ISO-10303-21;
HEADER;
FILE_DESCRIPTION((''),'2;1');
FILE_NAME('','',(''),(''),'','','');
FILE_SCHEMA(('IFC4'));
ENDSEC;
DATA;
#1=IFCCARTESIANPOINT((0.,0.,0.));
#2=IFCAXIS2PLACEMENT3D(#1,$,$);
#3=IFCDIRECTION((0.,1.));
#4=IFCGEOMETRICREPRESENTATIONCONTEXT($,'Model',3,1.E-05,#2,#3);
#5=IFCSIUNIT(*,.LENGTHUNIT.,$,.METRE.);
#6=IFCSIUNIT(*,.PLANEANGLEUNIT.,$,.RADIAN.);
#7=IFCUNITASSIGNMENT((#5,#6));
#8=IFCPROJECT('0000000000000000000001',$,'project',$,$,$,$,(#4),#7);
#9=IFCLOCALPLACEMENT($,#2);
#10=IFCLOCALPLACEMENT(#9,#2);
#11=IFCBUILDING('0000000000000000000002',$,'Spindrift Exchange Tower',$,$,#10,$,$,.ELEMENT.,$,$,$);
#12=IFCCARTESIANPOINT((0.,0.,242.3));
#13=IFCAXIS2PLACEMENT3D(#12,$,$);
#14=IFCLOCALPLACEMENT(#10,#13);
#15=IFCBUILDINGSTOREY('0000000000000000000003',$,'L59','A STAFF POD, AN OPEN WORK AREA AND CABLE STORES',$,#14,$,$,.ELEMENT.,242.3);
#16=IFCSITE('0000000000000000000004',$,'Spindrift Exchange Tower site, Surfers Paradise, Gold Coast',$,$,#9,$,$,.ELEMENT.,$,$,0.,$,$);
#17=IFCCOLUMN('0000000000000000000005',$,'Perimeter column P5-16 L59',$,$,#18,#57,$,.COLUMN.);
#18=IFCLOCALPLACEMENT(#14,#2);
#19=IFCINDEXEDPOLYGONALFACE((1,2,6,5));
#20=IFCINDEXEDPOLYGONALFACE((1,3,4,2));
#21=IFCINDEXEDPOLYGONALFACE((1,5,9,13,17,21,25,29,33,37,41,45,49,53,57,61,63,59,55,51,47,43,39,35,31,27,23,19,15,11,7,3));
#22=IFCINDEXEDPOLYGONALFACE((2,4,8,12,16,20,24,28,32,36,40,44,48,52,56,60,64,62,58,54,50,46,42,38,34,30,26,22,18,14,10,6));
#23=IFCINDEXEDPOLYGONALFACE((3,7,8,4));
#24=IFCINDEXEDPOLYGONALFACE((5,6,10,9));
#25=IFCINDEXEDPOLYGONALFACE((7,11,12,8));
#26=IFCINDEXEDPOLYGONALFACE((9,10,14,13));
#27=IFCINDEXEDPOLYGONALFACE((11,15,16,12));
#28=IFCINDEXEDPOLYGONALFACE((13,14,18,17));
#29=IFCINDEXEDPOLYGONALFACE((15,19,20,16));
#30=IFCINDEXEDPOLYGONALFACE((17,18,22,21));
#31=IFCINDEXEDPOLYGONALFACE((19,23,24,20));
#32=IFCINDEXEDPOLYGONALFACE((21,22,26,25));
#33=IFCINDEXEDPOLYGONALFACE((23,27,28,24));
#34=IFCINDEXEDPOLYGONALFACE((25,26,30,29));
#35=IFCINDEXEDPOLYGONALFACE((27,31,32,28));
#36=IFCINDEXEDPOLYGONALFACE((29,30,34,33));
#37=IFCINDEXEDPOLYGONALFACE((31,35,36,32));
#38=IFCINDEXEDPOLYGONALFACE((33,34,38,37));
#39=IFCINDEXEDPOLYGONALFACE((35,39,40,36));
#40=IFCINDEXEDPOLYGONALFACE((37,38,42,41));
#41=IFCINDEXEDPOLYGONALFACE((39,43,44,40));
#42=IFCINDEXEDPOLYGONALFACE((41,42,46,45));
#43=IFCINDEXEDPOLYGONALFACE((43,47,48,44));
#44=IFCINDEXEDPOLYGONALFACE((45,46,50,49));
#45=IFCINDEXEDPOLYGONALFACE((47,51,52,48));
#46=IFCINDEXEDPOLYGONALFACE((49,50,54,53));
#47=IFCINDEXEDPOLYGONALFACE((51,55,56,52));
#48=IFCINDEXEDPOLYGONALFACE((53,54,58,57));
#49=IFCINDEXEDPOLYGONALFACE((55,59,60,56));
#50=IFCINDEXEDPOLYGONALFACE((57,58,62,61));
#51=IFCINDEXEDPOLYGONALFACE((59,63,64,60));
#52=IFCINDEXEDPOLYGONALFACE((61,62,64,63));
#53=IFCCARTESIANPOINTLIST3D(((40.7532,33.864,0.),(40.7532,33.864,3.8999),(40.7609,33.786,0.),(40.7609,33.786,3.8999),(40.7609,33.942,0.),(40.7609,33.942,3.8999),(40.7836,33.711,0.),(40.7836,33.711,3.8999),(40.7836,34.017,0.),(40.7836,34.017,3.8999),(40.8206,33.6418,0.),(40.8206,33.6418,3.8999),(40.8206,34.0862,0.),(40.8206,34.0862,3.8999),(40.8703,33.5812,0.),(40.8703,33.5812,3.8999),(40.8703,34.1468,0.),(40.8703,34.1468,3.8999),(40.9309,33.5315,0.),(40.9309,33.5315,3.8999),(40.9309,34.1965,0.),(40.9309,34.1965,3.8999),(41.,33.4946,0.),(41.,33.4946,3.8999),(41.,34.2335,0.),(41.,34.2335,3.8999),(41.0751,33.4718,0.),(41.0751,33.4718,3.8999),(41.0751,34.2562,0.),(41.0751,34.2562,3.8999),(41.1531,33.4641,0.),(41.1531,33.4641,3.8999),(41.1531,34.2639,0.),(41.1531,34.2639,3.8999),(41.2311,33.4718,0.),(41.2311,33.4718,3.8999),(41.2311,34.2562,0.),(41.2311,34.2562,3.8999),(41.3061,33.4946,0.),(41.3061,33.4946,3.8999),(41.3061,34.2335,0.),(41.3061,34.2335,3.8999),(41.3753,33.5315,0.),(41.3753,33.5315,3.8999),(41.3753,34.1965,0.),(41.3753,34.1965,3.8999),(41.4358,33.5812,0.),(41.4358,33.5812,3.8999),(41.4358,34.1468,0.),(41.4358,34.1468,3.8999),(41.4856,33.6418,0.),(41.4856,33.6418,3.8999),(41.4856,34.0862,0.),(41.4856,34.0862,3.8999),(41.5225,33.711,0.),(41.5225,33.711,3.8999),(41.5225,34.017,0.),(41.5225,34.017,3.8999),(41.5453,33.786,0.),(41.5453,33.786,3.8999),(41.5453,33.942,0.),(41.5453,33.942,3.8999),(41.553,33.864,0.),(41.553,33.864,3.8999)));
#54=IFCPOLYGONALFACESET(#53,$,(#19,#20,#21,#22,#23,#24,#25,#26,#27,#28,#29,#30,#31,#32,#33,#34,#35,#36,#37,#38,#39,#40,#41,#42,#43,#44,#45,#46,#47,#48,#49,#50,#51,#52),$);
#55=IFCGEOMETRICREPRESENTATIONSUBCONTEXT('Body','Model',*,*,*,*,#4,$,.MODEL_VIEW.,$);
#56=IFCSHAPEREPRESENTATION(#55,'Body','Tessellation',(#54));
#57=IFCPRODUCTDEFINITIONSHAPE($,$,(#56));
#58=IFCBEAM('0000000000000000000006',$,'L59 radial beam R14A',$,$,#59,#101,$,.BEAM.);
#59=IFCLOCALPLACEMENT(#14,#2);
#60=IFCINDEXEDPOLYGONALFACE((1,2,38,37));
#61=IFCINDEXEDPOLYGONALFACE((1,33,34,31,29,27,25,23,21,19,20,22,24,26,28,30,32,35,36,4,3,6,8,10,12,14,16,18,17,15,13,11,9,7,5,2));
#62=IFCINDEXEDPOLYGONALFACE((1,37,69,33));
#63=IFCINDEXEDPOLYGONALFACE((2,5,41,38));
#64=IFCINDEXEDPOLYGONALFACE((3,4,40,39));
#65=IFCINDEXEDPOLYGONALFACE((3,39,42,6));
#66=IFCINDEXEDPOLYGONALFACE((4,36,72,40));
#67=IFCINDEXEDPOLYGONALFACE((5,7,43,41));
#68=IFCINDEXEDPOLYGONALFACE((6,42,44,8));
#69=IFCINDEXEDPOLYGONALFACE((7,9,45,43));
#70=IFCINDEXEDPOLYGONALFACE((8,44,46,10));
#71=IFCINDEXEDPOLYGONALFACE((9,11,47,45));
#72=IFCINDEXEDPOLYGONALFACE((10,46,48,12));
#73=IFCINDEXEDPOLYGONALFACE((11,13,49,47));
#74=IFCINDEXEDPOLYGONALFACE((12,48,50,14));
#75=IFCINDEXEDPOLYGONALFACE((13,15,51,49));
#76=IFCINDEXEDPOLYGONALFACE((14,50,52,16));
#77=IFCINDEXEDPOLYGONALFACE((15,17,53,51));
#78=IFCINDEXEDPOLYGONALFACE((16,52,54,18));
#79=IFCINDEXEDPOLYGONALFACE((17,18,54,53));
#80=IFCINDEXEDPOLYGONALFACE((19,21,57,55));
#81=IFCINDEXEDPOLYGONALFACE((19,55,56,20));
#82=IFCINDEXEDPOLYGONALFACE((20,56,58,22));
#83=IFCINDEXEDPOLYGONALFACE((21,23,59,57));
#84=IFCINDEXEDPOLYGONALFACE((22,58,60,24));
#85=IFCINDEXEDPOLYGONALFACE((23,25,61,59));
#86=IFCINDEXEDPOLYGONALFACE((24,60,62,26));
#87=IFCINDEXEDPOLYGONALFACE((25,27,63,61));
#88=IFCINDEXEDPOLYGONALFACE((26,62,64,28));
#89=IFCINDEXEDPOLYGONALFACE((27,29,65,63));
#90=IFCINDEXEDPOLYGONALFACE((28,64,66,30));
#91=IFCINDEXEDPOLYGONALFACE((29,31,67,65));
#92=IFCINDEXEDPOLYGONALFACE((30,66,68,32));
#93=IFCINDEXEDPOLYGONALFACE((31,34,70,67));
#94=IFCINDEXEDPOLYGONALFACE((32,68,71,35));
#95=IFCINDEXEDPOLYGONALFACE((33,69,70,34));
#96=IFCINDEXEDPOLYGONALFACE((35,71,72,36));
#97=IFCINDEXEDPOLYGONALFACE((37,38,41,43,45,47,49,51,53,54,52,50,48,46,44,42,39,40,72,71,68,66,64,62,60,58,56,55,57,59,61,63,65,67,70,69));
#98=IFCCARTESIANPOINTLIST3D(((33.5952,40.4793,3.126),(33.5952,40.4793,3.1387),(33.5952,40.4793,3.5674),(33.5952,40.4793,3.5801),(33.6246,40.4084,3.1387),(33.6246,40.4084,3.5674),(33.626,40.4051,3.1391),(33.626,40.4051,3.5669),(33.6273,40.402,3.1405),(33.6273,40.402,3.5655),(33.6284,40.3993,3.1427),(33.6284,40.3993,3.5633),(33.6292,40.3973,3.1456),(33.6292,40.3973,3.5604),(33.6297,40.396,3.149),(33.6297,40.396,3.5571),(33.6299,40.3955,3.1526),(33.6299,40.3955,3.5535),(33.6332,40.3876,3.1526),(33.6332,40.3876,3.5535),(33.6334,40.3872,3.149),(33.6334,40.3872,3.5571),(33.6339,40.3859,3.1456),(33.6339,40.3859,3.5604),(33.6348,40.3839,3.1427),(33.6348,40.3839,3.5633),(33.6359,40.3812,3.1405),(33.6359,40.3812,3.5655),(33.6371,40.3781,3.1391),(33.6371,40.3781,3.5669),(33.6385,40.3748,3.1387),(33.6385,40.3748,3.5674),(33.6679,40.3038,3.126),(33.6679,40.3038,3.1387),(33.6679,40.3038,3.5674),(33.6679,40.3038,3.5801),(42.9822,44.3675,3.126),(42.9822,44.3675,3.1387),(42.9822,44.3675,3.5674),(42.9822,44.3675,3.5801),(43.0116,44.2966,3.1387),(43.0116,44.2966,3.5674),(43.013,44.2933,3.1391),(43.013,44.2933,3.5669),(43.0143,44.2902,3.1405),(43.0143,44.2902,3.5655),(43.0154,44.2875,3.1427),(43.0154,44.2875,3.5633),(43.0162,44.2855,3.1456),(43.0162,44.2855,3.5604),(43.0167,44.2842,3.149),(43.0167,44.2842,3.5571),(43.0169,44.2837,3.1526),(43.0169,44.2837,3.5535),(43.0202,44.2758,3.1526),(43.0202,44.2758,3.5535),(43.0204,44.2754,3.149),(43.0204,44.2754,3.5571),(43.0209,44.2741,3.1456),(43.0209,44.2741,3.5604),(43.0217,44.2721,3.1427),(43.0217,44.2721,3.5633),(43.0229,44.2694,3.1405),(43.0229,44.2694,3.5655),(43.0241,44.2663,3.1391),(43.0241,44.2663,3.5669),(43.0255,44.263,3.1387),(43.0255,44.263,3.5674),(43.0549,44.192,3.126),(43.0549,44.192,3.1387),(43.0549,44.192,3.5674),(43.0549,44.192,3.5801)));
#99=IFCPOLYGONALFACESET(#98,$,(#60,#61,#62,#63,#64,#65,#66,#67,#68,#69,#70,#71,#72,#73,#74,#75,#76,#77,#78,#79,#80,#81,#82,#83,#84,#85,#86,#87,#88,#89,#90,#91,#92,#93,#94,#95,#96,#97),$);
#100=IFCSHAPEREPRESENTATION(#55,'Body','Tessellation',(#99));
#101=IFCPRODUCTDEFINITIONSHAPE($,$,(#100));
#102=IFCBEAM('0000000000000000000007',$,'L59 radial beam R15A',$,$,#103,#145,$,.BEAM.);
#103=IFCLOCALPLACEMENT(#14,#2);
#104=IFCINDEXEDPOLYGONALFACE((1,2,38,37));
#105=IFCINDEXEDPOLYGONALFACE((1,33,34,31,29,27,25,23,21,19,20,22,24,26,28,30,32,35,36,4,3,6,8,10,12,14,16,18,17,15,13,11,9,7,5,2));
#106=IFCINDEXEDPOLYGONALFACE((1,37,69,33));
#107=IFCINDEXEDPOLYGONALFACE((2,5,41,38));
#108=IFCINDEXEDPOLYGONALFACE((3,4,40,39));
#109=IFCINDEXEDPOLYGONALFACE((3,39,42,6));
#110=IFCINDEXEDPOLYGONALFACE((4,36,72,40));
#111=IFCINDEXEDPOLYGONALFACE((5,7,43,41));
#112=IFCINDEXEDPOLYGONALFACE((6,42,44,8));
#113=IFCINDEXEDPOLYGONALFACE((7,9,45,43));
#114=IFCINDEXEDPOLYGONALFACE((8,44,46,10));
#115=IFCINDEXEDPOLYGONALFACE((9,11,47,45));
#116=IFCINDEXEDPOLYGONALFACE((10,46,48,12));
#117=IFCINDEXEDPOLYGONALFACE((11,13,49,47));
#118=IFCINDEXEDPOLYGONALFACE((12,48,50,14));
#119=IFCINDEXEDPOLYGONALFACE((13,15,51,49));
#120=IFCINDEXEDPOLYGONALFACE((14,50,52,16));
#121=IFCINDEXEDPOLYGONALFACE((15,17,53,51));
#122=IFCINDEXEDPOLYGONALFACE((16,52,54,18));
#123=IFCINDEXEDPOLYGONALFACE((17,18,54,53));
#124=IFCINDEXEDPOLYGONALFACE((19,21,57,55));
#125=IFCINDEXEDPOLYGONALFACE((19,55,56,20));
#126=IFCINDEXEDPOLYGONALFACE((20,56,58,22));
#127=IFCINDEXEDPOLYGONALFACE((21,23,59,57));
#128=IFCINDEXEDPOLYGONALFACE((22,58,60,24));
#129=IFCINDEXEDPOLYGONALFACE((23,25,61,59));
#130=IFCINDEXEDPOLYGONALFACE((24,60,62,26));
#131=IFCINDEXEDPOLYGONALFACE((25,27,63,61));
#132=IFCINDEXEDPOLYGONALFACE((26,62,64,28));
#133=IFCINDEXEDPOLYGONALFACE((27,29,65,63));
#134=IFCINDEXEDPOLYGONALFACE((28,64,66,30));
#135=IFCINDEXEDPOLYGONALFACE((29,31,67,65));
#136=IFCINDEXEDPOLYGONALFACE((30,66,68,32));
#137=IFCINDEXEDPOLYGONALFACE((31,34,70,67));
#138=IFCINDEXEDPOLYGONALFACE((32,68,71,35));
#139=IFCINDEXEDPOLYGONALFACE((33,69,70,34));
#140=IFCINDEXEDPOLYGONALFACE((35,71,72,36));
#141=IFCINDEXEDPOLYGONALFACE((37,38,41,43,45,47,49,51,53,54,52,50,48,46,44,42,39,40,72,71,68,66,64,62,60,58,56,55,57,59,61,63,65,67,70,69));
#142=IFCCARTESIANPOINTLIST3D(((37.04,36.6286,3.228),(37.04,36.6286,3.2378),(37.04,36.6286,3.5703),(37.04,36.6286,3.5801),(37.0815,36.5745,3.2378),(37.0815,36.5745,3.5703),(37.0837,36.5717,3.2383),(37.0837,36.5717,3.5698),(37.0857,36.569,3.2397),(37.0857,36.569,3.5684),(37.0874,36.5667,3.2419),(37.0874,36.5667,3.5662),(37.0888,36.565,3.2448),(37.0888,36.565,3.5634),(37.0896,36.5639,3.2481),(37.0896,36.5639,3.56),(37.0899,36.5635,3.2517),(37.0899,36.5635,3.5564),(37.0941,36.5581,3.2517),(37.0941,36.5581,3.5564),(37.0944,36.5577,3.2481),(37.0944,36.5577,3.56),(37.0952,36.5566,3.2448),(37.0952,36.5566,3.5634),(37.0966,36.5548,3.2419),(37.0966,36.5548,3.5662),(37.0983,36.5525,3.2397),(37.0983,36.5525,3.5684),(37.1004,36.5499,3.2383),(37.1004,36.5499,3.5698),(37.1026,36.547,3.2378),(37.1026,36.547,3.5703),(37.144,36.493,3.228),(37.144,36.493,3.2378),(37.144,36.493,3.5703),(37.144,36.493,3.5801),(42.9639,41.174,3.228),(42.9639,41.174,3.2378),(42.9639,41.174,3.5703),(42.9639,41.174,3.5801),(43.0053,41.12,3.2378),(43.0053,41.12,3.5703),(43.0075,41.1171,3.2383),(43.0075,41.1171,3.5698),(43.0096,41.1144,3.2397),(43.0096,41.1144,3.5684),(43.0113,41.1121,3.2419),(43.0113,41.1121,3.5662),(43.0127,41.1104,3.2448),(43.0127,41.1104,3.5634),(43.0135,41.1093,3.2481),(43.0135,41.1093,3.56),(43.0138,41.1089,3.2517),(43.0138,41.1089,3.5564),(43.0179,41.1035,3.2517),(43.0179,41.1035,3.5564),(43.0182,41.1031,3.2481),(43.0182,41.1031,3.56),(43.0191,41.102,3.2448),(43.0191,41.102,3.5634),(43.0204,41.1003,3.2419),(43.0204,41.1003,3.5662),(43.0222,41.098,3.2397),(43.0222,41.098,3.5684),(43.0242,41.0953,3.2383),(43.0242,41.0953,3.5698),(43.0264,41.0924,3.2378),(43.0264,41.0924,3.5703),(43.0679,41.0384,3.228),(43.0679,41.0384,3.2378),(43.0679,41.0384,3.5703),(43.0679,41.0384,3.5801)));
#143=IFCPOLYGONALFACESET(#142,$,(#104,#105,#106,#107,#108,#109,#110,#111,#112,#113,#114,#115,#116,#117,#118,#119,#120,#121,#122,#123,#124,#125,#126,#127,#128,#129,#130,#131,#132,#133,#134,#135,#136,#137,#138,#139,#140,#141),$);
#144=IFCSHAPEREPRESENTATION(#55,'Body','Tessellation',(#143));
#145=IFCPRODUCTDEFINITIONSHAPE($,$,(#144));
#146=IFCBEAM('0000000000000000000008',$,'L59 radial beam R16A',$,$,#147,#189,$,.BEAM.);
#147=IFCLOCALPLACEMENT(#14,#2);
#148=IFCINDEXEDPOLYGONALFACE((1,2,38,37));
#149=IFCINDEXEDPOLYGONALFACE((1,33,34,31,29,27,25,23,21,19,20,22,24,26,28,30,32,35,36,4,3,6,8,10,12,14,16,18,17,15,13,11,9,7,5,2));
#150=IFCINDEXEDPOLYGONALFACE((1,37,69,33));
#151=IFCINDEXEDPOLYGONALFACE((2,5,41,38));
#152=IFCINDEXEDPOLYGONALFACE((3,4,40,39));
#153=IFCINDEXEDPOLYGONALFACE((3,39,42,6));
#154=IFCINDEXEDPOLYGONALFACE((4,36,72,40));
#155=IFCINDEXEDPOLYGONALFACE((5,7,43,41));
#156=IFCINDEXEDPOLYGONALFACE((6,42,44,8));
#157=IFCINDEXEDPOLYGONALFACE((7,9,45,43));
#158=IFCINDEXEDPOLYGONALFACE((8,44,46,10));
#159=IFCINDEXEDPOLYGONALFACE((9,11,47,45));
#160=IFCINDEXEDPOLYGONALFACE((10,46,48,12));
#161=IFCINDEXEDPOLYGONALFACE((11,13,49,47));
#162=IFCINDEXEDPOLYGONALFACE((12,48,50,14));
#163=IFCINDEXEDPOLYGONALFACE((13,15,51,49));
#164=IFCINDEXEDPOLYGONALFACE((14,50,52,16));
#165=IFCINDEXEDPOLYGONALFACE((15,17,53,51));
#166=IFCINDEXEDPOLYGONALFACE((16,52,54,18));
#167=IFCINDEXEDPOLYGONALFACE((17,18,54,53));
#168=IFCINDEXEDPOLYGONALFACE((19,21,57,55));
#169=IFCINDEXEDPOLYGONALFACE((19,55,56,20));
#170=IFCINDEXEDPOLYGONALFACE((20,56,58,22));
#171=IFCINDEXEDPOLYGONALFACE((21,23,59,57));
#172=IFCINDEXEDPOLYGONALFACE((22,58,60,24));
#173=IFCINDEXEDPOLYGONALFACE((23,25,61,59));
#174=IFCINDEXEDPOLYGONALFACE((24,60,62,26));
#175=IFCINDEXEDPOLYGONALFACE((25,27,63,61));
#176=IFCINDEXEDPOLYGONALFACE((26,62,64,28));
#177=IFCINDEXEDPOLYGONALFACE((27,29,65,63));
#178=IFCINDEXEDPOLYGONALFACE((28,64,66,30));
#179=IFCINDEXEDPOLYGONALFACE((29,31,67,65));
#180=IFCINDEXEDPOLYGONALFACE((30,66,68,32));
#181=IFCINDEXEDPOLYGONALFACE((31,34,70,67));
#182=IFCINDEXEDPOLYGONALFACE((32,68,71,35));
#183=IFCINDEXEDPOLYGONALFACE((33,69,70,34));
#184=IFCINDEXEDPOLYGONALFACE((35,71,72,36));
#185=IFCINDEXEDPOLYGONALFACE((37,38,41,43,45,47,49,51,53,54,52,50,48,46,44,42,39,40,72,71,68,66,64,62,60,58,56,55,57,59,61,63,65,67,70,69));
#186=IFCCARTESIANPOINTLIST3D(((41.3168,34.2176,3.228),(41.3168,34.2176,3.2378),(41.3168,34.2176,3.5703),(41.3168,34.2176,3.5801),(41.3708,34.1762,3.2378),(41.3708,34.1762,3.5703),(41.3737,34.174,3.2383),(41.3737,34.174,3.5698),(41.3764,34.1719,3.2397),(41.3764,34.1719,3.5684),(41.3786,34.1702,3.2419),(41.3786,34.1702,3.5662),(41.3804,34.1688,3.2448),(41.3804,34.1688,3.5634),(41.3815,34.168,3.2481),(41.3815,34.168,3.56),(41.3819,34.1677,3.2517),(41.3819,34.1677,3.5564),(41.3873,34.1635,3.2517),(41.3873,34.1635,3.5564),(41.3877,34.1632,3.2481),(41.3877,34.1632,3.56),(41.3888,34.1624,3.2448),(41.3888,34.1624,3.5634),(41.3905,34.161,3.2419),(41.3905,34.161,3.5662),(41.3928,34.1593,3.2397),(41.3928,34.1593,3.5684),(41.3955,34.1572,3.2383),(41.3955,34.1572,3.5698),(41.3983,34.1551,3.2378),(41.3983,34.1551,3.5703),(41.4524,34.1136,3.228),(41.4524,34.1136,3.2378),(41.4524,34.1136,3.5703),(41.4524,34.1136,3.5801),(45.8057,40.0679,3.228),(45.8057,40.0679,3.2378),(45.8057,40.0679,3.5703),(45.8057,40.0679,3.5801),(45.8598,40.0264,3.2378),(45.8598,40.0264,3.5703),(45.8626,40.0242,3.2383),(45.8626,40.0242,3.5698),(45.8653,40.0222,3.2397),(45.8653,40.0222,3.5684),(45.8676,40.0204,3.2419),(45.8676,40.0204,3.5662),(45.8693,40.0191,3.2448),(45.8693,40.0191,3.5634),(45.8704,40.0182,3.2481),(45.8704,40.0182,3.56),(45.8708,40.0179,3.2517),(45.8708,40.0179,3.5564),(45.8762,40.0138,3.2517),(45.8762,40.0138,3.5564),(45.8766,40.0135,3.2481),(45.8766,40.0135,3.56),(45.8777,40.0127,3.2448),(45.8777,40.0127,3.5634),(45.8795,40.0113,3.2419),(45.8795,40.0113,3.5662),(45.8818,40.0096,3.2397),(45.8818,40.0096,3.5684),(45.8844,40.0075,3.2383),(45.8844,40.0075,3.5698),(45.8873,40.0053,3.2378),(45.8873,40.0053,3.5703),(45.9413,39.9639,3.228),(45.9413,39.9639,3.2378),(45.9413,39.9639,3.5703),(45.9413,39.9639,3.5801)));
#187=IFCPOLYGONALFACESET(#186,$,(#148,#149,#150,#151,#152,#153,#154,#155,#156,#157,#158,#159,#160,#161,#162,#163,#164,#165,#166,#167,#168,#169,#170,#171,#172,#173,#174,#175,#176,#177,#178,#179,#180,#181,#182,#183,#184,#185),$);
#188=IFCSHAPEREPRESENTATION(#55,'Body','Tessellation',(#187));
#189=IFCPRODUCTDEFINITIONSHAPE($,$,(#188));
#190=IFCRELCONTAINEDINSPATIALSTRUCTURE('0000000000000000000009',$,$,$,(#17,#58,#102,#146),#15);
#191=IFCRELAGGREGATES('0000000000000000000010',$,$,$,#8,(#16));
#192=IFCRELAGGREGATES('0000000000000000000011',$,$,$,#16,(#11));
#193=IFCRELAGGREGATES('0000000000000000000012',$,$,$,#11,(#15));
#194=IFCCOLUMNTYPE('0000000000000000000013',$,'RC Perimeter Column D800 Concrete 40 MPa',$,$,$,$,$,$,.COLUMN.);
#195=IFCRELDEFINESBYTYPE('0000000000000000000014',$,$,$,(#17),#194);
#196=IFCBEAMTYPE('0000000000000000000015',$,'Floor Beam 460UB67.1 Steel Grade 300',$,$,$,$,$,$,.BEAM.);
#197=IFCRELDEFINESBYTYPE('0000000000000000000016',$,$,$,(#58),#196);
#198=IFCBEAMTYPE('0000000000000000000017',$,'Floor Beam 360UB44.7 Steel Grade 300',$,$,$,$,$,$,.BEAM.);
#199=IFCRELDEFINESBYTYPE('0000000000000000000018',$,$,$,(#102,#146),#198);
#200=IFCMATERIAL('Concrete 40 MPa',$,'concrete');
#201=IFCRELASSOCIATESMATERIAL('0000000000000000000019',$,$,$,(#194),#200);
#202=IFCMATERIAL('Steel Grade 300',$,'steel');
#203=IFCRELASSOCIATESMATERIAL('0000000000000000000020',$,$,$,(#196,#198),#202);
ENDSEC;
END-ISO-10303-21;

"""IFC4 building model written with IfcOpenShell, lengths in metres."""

from ifc_helpers import new_model, si_unit, direction, frame, origin, origin_2d, place, context, subcontext, project, spatial, circle, i_section, extrude, source, transform, mapped, material, material_profile, profile_set, type_object, element, save


model = new_model("IFC4")

# Units and contexts
model_context = context("Model", 3, precision=1e-05, world=origin(), true_north=direction((0.0, 1.0)))
body_context = subcontext(model_context, "Body", "Model", "MODEL_VIEW")
ifc_project = project(units=[si_unit("LENGTHUNIT", "METRE"), si_unit("PLANEANGLEUNIT", "RADIAN")], contexts=[model_context])

# Site, building, storey
site_placement = place(None, origin())
site = spatial("IfcSite", under=ifc_project, at=site_placement, Name="Spindrift Exchange Tower site, Surfers Paradise, Gold Coast", CompositionType="ELEMENT", RefElevation=0.0)
building_placement = place(site_placement, origin())
building = spatial("IfcBuilding", under=site, at=building_placement, Name="Spindrift Exchange Tower", CompositionType="ELEMENT")
storey_placement = place(building_placement, frame((0.0, 0.0, 242.3)))
storey = spatial("IfcBuildingStorey", under=building, at=storey_placement, Name="L59", Description="A STAFF POD, AN OPEN WORK AREA AND CABLE STORES", CompositionType="ELEMENT", Elevation=242.3)

# Column
ifc_material_1 = material(Name="Concrete 40 MPa", Category="concrete")
ifc_material_profile_1 = material_profile(ifc_material_1, circle(Radius=0.3999, at=origin_2d()), Name="RC D800")
ifc_profile_set_1 = profile_set([ifc_material_profile_1], Name="Concrete 40 MPa")
column_type = type_object("IfcColumnType", Name="RC Perimeter Column D800 Concrete 40 MPa", PredefinedType="COLUMN", material=ifc_profile_set_1)
shared_shape_1 = source(origin(), body_context, "Body", "SweptSolid", [
    extrude(circle(Radius=0.3999, at=origin_2d()), origin(), (0.0, 0.0, 1.0), 3.8999),
])
column_placement = place(storey_placement, frame((41.1531, 33.864, 0.0), z_axis=(0.0, 0.0, 1.0), x_axis=(1.0, 0.0, 0.0)))
element("IfcColumn", 1, at=column_placement, inside=storey, type_object=column_type, Name="Perimeter column P5-16 L59", PredefinedType="COLUMN", context=body_context, shape_type="MappedRepresentation", body=[
    mapped(shared_shape_1, transform((0.0, 0.0, 0.0), scale=1.0)),
])

# Beams
ifc_material_2 = material(Name="Steel Grade 300", Category="steel")
ifc_material_profile_2 = material_profile(ifc_material_2, i_section(OverallWidth=0.1899, OverallDepth=0.4541, WebThickness=0.0085, FlangeThickness=0.0127, FilletRadius=0.0139, at=origin_2d()), Name="460UB67.1")
ifc_profile_set_2 = profile_set([ifc_material_profile_2], Name="Steel Grade 300")
beam_type_1 = type_object("IfcBeamType", Name="Floor Beam 460UB67.1 Steel Grade 300", PredefinedType="BEAM", material=ifc_profile_set_2)
shared_shape_2 = source(origin(), body_context, "Body", "SweptSolid", [
    extrude(i_section(OverallWidth=0.1899, OverallDepth=0.4541, WebThickness=0.0085, FlangeThickness=0.0127, FilletRadius=0.0139, at=origin_2d()), origin(), (0.0, 0.0, 1.0), 10.1604),
])
beam_1_placement = place(storey_placement, frame((43.0186, 44.2798, 3.353), z_axis=(-0.92388, -0.382681, 0.0), x_axis=(0.382681, -0.92388, 0.0)))
element("IfcBeam", 2, at=beam_1_placement, inside=storey, type_object=beam_type_1, Name="L59 radial beam R14A", PredefinedType="BEAM", context=body_context, shape_type="MappedRepresentation", body=[
    mapped(shared_shape_2, transform((0.0, 0.0, 0.0), scale=1.0)),
])
ifc_material_profile_3 = material_profile(ifc_material_2, i_section(OverallWidth=0.1709, OverallDepth=0.3521, WebThickness=0.0068, FlangeThickness=0.0098, FilletRadius=0.0139, at=origin_2d()), Name="360UB44.7")
ifc_profile_set_3 = profile_set([ifc_material_profile_3], Name="Steel Grade 300")
beam_type_2 = type_object("IfcBeamType", Name="Floor Beam 360UB44.7 Steel Grade 300", PredefinedType="BEAM", material=ifc_profile_set_3)
shared_shape_3 = source(origin(), body_context, "Body", "SweptSolid", [
    extrude(i_section(OverallWidth=0.1709, OverallDepth=0.3521, WebThickness=0.0068, FlangeThickness=0.0098, FilletRadius=0.0139, at=origin_2d()), origin(), (0.0, 0.0, 1.0), 7.4668),
])
beam_2_placement = place(storey_placement, frame((43.0159, 41.1062, 3.4041), z_axis=(-0.79336, -0.608753, 0.0), x_axis=(0.608753, -0.79336, 0.0)))
element("IfcBeam", 3, at=beam_2_placement, inside=storey, type_object=beam_type_2, Name="L59 radial beam R15A", PredefinedType="BEAM", context=body_context, shape_type="MappedRepresentation", body=[
    mapped(shared_shape_3, transform((0.0, 0.0, 0.0), scale=1.0)),
])
shared_shape_4 = source(origin(), body_context, "Body", "SweptSolid", [
    extrude(i_section(OverallWidth=0.1709, OverallDepth=0.3521, WebThickness=0.0068, FlangeThickness=0.0098, FilletRadius=0.0139, at=origin_2d()), origin(), (0.0, 0.0, 1.0), 7.374),
])
beam_3_placement = place(storey_placement, frame((45.8735, 40.0159, 3.4041), z_axis=(-0.608752, -0.793361, 0.0), x_axis=(0.793361, -0.608752, 0.0)))
element("IfcBeam", 4, at=beam_3_placement, inside=storey, type_object=beam_type_2, Name="L59 radial beam R16A", PredefinedType="BEAM", context=body_context, shape_type="MappedRepresentation", body=[
    mapped(shared_shape_4, transform((0.0, 0.0, 0.0), scale=1.0)),
])

save(model, "model.ifc")
